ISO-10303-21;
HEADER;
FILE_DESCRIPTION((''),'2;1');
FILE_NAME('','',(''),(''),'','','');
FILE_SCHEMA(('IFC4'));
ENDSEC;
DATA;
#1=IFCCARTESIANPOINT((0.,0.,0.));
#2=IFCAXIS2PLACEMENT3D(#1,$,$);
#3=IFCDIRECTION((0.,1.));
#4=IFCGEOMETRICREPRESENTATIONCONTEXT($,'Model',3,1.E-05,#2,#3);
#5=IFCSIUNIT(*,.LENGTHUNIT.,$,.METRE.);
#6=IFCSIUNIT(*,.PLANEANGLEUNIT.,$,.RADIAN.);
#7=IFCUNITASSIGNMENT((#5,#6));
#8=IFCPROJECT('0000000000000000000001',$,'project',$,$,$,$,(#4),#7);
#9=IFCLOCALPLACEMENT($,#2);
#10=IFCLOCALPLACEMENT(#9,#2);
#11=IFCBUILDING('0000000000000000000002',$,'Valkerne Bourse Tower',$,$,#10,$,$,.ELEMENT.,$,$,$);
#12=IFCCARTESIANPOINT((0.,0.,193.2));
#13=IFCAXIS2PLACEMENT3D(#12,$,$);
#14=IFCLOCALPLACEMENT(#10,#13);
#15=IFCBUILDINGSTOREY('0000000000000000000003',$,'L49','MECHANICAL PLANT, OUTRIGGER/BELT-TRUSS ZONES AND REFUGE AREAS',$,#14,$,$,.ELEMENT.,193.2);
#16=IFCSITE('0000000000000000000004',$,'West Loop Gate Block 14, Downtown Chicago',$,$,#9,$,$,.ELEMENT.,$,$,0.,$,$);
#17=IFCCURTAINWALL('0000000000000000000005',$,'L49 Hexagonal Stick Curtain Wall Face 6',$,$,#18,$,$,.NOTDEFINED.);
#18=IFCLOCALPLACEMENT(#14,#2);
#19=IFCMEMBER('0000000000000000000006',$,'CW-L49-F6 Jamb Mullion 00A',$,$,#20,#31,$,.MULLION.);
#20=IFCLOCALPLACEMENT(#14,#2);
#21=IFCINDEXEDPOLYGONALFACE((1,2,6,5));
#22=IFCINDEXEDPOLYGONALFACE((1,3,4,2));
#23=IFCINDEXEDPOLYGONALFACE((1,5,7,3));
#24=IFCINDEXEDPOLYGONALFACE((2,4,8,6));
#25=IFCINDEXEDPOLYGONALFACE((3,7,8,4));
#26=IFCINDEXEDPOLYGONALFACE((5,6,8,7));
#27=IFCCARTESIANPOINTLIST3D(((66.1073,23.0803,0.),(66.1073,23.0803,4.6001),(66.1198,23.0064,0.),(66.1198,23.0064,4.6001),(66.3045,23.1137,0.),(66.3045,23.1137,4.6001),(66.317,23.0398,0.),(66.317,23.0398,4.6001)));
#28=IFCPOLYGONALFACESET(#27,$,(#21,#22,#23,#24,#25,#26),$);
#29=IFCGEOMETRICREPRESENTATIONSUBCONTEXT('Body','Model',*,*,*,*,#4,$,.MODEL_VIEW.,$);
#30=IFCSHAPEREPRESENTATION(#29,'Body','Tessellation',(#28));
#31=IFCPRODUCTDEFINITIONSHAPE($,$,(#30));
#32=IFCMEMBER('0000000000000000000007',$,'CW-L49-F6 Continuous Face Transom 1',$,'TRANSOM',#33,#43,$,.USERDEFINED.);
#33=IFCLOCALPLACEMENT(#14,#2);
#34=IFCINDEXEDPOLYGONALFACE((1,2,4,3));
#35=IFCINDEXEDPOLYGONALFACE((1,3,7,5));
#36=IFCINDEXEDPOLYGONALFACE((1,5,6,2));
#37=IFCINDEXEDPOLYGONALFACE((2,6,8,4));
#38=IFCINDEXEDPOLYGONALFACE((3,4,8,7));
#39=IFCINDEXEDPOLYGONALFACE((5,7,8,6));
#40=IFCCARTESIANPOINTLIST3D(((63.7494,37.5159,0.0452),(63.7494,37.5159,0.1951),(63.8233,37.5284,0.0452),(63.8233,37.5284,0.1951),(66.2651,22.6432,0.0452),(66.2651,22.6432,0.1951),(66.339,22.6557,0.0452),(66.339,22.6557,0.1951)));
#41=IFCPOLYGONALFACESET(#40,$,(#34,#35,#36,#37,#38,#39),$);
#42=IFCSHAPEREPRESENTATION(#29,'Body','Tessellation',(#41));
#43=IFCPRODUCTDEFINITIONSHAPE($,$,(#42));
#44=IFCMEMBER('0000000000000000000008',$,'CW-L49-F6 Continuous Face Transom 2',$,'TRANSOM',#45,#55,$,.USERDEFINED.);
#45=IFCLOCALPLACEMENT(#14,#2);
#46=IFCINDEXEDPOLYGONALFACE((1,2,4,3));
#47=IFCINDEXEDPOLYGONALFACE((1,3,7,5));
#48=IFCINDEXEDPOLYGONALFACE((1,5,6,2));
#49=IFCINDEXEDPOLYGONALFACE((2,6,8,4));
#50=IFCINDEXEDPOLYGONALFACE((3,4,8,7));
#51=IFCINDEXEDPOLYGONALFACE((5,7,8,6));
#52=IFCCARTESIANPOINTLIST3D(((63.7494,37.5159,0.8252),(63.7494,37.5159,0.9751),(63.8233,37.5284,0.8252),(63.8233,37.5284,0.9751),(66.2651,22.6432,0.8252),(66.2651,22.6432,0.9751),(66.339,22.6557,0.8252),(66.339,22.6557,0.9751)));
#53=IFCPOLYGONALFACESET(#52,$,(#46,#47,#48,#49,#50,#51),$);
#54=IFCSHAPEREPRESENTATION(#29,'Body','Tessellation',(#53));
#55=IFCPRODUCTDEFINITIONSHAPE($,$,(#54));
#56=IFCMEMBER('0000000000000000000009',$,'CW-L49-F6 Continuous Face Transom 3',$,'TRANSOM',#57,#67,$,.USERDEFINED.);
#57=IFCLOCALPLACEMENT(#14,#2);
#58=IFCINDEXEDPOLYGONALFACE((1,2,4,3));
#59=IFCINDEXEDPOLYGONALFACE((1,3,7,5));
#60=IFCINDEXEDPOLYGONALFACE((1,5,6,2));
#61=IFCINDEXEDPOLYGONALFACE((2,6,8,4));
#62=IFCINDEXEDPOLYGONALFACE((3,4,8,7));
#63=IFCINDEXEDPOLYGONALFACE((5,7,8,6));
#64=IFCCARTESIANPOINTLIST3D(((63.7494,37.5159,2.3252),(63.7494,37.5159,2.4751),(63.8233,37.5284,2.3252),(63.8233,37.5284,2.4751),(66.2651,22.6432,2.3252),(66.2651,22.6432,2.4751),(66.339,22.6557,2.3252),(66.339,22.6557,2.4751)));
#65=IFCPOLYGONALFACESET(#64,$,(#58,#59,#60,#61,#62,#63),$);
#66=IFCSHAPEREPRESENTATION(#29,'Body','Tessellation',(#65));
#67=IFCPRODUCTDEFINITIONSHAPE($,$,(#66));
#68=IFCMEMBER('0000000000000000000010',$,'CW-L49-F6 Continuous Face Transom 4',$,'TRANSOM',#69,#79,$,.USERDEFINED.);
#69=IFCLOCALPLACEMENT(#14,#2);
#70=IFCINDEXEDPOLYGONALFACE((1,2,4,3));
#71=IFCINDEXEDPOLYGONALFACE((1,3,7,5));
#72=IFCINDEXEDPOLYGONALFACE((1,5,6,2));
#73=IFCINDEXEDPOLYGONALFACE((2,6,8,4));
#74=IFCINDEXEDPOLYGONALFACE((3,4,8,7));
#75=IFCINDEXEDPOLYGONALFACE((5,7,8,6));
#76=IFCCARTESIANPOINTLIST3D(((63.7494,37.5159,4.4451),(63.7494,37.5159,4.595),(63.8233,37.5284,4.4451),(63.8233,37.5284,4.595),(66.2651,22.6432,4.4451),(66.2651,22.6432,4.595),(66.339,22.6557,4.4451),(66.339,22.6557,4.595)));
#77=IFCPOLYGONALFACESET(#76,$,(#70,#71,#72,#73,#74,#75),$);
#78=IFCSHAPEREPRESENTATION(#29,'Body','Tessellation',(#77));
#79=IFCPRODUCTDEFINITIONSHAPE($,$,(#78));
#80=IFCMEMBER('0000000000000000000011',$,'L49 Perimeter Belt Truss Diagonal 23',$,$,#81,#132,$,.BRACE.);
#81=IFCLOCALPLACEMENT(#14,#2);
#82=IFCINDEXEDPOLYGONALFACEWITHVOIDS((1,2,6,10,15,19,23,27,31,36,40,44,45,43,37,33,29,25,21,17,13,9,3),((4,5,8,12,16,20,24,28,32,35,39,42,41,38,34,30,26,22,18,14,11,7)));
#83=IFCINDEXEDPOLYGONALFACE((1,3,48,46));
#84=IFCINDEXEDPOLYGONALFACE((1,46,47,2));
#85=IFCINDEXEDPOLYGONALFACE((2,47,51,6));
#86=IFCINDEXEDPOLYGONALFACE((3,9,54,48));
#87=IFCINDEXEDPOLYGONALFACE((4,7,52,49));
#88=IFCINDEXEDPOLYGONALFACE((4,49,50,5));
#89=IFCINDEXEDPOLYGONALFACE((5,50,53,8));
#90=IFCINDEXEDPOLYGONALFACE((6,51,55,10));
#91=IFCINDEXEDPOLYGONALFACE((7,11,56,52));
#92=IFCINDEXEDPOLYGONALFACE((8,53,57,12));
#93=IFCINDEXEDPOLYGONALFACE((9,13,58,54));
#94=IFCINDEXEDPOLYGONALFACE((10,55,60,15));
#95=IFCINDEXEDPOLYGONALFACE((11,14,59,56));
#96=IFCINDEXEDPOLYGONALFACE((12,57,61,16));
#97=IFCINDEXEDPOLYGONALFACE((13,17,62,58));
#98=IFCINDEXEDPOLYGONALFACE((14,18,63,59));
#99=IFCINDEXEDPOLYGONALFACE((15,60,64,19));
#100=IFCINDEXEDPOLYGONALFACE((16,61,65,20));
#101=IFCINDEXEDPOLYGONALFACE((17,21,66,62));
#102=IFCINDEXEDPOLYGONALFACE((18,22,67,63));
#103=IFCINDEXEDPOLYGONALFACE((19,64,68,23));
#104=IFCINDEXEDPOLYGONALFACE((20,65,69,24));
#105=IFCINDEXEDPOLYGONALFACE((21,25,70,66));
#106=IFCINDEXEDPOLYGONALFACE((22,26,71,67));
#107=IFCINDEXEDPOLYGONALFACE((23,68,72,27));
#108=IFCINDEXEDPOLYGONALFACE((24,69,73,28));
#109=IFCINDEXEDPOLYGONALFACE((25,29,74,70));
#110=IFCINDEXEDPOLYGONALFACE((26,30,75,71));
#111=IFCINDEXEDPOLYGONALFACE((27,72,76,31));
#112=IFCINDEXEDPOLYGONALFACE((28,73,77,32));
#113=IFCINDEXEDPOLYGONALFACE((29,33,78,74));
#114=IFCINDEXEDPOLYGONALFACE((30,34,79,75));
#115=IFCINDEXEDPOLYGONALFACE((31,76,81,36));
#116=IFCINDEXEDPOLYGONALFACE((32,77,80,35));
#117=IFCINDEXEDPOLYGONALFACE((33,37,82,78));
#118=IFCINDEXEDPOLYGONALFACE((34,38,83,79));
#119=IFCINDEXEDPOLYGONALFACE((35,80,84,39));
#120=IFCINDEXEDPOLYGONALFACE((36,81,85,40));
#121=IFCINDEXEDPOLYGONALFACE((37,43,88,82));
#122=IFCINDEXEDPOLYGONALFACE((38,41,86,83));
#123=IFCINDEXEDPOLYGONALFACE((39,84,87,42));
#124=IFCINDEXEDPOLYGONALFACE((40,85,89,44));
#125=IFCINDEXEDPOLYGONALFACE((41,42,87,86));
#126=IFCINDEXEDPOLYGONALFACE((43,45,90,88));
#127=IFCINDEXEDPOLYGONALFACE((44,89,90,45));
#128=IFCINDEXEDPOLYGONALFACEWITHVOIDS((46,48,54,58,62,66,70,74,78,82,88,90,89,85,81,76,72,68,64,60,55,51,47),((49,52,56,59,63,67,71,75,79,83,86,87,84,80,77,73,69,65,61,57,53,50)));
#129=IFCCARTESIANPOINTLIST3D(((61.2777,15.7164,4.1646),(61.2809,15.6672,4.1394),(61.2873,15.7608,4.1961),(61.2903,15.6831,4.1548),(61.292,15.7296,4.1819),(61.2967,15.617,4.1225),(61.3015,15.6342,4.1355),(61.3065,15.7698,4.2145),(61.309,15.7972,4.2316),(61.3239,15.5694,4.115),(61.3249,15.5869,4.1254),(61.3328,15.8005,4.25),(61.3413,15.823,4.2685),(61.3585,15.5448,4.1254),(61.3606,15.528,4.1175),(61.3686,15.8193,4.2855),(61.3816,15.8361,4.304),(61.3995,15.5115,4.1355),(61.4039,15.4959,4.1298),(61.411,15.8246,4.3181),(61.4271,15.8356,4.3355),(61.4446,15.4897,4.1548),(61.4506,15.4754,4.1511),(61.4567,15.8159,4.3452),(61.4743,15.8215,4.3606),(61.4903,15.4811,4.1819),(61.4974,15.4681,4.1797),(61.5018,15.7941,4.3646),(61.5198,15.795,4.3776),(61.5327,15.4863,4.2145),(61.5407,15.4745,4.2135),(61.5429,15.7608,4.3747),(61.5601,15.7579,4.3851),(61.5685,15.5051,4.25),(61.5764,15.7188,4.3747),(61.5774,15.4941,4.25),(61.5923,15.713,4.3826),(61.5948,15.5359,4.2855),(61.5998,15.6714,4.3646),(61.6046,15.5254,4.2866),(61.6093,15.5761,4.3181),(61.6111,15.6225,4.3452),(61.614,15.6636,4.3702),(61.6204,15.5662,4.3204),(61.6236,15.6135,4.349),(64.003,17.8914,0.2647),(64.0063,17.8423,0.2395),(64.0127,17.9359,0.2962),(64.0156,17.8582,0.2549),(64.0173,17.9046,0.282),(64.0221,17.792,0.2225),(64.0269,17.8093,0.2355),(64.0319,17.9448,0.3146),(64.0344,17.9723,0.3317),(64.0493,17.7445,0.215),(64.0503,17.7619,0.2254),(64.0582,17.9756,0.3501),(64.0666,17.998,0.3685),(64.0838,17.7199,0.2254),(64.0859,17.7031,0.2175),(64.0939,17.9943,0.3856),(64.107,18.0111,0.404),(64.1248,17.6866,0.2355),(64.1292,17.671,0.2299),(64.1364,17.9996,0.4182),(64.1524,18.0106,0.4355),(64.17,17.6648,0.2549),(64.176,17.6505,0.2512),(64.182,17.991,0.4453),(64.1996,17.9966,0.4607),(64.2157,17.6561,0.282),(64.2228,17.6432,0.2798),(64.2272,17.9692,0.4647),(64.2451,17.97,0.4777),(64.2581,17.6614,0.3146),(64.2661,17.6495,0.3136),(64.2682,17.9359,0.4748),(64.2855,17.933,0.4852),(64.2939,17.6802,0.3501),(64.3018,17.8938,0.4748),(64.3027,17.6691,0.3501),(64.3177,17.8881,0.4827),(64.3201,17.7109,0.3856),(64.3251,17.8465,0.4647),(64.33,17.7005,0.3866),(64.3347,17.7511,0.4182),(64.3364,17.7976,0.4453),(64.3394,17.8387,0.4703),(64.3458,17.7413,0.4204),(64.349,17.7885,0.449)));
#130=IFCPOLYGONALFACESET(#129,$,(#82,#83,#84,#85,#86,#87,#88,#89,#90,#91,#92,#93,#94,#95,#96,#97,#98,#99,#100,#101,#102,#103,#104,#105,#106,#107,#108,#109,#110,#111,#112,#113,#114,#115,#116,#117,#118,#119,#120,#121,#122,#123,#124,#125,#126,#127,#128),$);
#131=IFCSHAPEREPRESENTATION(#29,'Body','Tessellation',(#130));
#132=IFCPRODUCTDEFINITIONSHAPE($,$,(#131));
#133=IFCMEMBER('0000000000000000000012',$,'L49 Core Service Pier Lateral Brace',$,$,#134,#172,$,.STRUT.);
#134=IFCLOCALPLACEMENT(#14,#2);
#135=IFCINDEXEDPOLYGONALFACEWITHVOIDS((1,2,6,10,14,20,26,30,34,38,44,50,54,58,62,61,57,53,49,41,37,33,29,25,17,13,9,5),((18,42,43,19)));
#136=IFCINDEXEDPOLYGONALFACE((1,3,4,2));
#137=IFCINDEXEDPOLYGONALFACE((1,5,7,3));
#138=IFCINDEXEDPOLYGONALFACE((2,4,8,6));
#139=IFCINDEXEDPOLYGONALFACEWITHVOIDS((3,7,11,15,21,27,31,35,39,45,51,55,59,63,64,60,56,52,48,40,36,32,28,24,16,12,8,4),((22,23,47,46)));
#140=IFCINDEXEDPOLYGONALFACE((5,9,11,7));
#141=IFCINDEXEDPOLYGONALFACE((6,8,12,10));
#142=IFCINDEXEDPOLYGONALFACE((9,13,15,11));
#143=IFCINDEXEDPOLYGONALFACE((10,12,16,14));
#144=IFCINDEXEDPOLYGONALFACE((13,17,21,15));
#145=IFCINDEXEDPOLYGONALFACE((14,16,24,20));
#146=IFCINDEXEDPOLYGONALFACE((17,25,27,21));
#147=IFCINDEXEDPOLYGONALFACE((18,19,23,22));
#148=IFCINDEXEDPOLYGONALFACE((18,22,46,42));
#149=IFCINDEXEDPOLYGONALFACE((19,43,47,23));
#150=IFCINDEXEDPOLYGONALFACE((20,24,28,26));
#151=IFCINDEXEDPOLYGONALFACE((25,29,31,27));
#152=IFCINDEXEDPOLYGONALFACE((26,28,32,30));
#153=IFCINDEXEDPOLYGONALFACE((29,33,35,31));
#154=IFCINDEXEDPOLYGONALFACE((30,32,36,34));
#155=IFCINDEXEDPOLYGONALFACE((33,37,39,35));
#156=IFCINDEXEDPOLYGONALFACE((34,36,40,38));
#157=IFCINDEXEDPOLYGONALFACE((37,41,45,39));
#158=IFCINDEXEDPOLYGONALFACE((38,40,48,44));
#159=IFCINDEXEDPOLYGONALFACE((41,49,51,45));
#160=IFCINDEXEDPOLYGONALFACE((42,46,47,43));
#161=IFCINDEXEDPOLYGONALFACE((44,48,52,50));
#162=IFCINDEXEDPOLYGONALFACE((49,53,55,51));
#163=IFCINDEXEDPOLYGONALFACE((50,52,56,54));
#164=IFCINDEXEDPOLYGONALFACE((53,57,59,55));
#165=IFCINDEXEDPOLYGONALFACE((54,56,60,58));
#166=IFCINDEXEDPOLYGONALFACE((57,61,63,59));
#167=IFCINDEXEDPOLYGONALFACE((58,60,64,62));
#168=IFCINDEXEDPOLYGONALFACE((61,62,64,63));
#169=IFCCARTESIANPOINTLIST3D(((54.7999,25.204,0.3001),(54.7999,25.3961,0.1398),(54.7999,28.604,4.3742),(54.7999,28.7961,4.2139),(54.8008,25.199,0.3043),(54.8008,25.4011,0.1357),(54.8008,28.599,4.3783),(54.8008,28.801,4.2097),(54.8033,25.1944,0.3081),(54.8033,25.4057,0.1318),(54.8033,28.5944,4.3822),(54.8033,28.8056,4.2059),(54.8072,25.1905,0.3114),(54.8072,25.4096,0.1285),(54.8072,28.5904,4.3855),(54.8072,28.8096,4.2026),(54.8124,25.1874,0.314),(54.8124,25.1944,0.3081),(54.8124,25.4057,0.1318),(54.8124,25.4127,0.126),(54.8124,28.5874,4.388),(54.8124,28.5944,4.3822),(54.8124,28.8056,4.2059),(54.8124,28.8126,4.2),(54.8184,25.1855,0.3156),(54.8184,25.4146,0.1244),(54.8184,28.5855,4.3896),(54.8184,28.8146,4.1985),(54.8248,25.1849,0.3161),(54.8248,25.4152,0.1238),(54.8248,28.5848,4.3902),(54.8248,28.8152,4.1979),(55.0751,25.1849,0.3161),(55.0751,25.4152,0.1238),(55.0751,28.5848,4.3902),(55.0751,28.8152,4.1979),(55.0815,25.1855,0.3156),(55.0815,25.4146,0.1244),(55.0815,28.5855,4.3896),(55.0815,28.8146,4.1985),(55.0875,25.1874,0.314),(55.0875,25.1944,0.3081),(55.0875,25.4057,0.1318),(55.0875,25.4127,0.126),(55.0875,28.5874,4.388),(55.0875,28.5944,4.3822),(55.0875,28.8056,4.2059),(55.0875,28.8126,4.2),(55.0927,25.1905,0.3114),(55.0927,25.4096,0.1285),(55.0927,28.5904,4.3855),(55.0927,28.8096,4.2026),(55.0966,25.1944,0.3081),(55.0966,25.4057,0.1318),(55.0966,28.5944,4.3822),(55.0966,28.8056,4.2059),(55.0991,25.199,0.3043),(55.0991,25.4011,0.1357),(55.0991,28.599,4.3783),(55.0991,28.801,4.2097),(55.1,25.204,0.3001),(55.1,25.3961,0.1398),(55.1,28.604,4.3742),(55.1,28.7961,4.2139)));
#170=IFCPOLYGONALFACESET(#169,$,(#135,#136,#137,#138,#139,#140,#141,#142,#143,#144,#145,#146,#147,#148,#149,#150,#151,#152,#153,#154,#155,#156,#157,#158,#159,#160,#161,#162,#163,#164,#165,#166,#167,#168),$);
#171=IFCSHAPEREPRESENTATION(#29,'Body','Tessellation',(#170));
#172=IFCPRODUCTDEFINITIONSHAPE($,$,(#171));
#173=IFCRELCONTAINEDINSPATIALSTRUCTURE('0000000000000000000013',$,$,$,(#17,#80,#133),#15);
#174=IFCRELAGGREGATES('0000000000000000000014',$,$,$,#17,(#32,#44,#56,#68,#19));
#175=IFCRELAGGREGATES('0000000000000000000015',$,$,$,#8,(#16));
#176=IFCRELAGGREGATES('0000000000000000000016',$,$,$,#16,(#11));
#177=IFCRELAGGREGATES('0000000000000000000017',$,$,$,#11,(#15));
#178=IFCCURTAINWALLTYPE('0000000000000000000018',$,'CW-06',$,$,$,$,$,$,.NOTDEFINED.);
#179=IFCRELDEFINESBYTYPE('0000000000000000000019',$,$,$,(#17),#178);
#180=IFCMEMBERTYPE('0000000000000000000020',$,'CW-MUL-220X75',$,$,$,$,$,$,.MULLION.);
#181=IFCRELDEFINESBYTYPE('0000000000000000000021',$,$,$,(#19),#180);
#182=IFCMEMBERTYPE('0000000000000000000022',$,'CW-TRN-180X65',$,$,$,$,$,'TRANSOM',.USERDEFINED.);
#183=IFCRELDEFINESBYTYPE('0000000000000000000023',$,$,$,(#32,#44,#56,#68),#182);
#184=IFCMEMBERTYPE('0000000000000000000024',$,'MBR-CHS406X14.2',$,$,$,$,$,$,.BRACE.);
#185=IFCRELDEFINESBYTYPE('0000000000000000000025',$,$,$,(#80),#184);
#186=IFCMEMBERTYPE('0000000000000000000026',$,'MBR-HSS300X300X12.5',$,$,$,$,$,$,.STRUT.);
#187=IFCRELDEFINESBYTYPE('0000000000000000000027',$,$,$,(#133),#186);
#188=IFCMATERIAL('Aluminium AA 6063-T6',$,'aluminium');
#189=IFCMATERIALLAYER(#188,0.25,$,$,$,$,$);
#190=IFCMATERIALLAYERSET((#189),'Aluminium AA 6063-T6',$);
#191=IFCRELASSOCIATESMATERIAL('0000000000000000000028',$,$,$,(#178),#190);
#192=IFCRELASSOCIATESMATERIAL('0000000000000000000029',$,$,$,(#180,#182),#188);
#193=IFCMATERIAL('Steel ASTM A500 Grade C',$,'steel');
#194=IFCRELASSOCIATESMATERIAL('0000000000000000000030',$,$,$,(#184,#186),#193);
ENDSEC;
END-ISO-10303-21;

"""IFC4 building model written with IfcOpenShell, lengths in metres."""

from ifc_helpers import new_model, si_unit, direction, frame, origin, origin_2d, place, context, subcontext, project, spatial, rectangle, hollow_rectangle, hollow_circle, extrude, material, layer, layer_set, material_profile, profile_set, type_object, element, aggregate, save


model = new_model("IFC4")

# Units and contexts
model_context = context("Model", 3, precision=1e-05, world=origin(), true_north=direction((0.0, 1.0)))
body_context = subcontext(model_context, "Body", "Model", "MODEL_VIEW")
ifc_project = project(units=[si_unit("LENGTHUNIT", "METRE"), si_unit("PLANEANGLEUNIT", "RADIAN")], contexts=[model_context])

# Site, building, storey
site_placement = place(None, origin())
site = spatial("IfcSite", under=ifc_project, at=site_placement, Name="West Loop Gate Block 14, Downtown Chicago", CompositionType="ELEMENT", RefElevation=0.0)
building_placement = place(site_placement, origin())
building = spatial("IfcBuilding", under=site, at=building_placement, Name="Valkerne Bourse Tower", CompositionType="ELEMENT")
storey_placement = place(building_placement, frame((0.0, 0.0, 193.2)))
storey = spatial("IfcBuildingStorey", under=building, at=storey_placement, Name="L49", Description="MECHANICAL PLANT, OUTRIGGER/BELT-TRUSS ZONES AND REFUGE AREAS", CompositionType="ELEMENT", Elevation=193.2)

# Curtain wall, members
ifc_material_1 = material(Name="Aluminium AA 6063-T6", Category="aluminium")
ifc_layer_1 = layer(ifc_material_1, 0.25)
ifc_layer_set_1 = layer_set([ifc_layer_1], Name="Aluminium AA 6063-T6")
curtain_wall_type = type_object("IfcCurtainWallType", Name="CW-06", PredefinedType="NOTDEFINED", material=ifc_layer_set_1)
curtain_wall_placement = place(storey_placement, origin())
curtain_wall = element("IfcCurtainWall", 1, at=curtain_wall_placement, inside=storey, type_object=curtain_wall_type, Name="L49 Hexagonal Stick Curtain Wall Face 6", PredefinedType="NOTDEFINED")
ifc_material_profile_1 = material_profile(ifc_material_1, rectangle(XDim=0.075, YDim=0.2, at=origin_2d()), Name="CWM-75X200")
ifc_profile_set_1 = profile_set([ifc_material_profile_1], Name="Aluminium AA 6063-T6")
member_type_1 = type_object("IfcMemberType", Name="CW-MUL-220X75", PredefinedType="MULLION", material=ifc_profile_set_1)
member_1_placement = place(storey_placement, frame((66.2122, 23.0601, 0.0), z_axis=(0.0, 0.0, 1.0), x_axis=(-0.166772, 0.985995, 0.0)))
member_1 = element("IfcMember", 2, at=member_1_placement, type_object=member_type_1, Name="CW-L49-F6 Jamb Mullion 00A", PredefinedType="MULLION", context=body_context, shape_type="SweptSolid", body=[
    extrude(rectangle(XDim=0.075, YDim=0.2, at=origin_2d()), origin(), (0.0, 0.0, 1.0), 4.6001),
])
ifc_material_profile_2 = material_profile(ifc_material_1, rectangle(XDim=0.075, YDim=0.1499, at=origin_2d()), Name="CWT-75X150")
ifc_profile_set_2 = profile_set([ifc_material_profile_2], Name="Aluminium AA 6063-T6")
member_type_2 = type_object("IfcMemberType", Name="CW-TRN-180X65", ElementType="TRANSOM", PredefinedType="USERDEFINED", material=ifc_profile_set_2)
member_2_placement = place(storey_placement, frame((66.302, 22.6494, 0.1201), z_axis=(-0.166774, 0.985995, 0.0), x_axis=(-0.985995, -0.166774, 0.0)))
member_2 = element("IfcMember", 3, at=member_2_placement, type_object=member_type_2, Name="CW-L49-F6 Continuous Face Transom 1", ObjectType="TRANSOM", PredefinedType="USERDEFINED", context=body_context, shape_type="SweptSolid", body=[
    extrude(rectangle(XDim=0.075, YDim=0.1499, at=origin_2d()), origin(), (0.0, 0.0, 1.0), 15.084),
])
member_3_placement = place(storey_placement, frame((66.302, 22.6494, 0.9001), z_axis=(-0.166774, 0.985995, 0.0), x_axis=(-0.985995, -0.166774, 0.0)))
member_3 = element("IfcMember", 4, at=member_3_placement, type_object=member_type_2, Name="CW-L49-F6 Continuous Face Transom 2", ObjectType="TRANSOM", PredefinedType="USERDEFINED", context=body_context, shape_type="SweptSolid", body=[
    extrude(rectangle(XDim=0.075, YDim=0.1499, at=origin_2d()), origin(), (0.0, 0.0, 1.0), 15.084),
])
member_4_placement = place(storey_placement, frame((66.302, 22.6494, 2.4001), z_axis=(-0.166774, 0.985995, 0.0), x_axis=(-0.985995, -0.166774, 0.0)))
member_4 = element("IfcMember", 5, at=member_4_placement, type_object=member_type_2, Name="CW-L49-F6 Continuous Face Transom 3", ObjectType="TRANSOM", PredefinedType="USERDEFINED", context=body_context, shape_type="SweptSolid", body=[
    extrude(rectangle(XDim=0.075, YDim=0.1499, at=origin_2d()), origin(), (0.0, 0.0, 1.0), 15.084),
])
member_5_placement = place(storey_placement, frame((66.302, 22.6494, 4.52), z_axis=(-0.166774, 0.985995, 0.0), x_axis=(-0.985995, -0.166774, 0.0)))
member_5 = element("IfcMember", 6, at=member_5_placement, type_object=member_type_2, Name="CW-L49-F6 Continuous Face Transom 4", ObjectType="TRANSOM", PredefinedType="USERDEFINED", context=body_context, shape_type="SweptSolid", body=[
    extrude(rectangle(XDim=0.075, YDim=0.1499, at=origin_2d()), origin(), (0.0, 0.0, 1.0), 15.084),
])

# Members
ifc_material_2 = material(Name="Steel ASTM A500 Grade C", Category="steel")
ifc_material_profile_3 = material_profile(ifc_material_2, hollow_circle(Radius=0.2031, WallThickness=0.0142, at=origin_2d()), Name="CHS406X14.2")
ifc_profile_set_3 = profile_set([ifc_material_profile_3], Name="Steel ASTM A500 Grade C")
member_type_3 = type_object("IfcMemberType", Name="MBR-CHS406X14.2", PredefinedType="BRACE", material=ifc_profile_set_3)
member_6_placement = place(storey_placement, frame((64.176, 17.8279, 0.3501), z_axis=(-0.520958, -0.415768, 0.745479), x_axis=(0.623781, -0.781599, 0.0)))
element("IfcMember", 7, at=member_6_placement, inside=storey, type_object=member_type_3, Name="L49 Perimeter Belt Truss Diagonal 23", PredefinedType="BRACE", context=body_context, shape_type="SweptSolid", body=[
    extrude(hollow_circle(Radius=0.2031, WallThickness=0.0142, at=origin_2d()), origin(), (0.0, 0.0, 1.0), 5.2314),
])
ifc_material_profile_4 = material_profile(ifc_material_2, hollow_rectangle(XDim=0.3, YDim=0.3, WallThickness=0.0125, OuterFilletRadius=0.0249, at=origin_2d()), Name="HSS300X300X12.5")
ifc_profile_set_4 = profile_set([ifc_material_profile_4], Name="Steel ASTM A500 Grade C")
member_type_4 = type_object("IfcMemberType", Name="MBR-HSS300X300X12.5", PredefinedType="STRUT", material=ifc_profile_set_4)
member_7_placement = place(storey_placement, frame((54.95, 25.3, 0.22), z_axis=(0.0, 0.640732, 0.767765), x_axis=(-1.0, 0.0, 0.0)))
element("IfcMember", 8, at=member_7_placement, inside=storey, type_object=member_type_4, Name="L49 Core Service Pier Lateral Brace", PredefinedType="STRUT", context=body_context, shape_type="SweptSolid", body=[
    extrude(hollow_rectangle(XDim=0.3, YDim=0.3, WallThickness=0.0125, OuterFilletRadius=0.0249, at=origin_2d()), origin(), (0.0, 0.0, 1.0), 5.3064),
])

aggregate(curtain_wall, [member_2, member_3, member_4, member_5, member_1])

save(model, "model.ifc")
